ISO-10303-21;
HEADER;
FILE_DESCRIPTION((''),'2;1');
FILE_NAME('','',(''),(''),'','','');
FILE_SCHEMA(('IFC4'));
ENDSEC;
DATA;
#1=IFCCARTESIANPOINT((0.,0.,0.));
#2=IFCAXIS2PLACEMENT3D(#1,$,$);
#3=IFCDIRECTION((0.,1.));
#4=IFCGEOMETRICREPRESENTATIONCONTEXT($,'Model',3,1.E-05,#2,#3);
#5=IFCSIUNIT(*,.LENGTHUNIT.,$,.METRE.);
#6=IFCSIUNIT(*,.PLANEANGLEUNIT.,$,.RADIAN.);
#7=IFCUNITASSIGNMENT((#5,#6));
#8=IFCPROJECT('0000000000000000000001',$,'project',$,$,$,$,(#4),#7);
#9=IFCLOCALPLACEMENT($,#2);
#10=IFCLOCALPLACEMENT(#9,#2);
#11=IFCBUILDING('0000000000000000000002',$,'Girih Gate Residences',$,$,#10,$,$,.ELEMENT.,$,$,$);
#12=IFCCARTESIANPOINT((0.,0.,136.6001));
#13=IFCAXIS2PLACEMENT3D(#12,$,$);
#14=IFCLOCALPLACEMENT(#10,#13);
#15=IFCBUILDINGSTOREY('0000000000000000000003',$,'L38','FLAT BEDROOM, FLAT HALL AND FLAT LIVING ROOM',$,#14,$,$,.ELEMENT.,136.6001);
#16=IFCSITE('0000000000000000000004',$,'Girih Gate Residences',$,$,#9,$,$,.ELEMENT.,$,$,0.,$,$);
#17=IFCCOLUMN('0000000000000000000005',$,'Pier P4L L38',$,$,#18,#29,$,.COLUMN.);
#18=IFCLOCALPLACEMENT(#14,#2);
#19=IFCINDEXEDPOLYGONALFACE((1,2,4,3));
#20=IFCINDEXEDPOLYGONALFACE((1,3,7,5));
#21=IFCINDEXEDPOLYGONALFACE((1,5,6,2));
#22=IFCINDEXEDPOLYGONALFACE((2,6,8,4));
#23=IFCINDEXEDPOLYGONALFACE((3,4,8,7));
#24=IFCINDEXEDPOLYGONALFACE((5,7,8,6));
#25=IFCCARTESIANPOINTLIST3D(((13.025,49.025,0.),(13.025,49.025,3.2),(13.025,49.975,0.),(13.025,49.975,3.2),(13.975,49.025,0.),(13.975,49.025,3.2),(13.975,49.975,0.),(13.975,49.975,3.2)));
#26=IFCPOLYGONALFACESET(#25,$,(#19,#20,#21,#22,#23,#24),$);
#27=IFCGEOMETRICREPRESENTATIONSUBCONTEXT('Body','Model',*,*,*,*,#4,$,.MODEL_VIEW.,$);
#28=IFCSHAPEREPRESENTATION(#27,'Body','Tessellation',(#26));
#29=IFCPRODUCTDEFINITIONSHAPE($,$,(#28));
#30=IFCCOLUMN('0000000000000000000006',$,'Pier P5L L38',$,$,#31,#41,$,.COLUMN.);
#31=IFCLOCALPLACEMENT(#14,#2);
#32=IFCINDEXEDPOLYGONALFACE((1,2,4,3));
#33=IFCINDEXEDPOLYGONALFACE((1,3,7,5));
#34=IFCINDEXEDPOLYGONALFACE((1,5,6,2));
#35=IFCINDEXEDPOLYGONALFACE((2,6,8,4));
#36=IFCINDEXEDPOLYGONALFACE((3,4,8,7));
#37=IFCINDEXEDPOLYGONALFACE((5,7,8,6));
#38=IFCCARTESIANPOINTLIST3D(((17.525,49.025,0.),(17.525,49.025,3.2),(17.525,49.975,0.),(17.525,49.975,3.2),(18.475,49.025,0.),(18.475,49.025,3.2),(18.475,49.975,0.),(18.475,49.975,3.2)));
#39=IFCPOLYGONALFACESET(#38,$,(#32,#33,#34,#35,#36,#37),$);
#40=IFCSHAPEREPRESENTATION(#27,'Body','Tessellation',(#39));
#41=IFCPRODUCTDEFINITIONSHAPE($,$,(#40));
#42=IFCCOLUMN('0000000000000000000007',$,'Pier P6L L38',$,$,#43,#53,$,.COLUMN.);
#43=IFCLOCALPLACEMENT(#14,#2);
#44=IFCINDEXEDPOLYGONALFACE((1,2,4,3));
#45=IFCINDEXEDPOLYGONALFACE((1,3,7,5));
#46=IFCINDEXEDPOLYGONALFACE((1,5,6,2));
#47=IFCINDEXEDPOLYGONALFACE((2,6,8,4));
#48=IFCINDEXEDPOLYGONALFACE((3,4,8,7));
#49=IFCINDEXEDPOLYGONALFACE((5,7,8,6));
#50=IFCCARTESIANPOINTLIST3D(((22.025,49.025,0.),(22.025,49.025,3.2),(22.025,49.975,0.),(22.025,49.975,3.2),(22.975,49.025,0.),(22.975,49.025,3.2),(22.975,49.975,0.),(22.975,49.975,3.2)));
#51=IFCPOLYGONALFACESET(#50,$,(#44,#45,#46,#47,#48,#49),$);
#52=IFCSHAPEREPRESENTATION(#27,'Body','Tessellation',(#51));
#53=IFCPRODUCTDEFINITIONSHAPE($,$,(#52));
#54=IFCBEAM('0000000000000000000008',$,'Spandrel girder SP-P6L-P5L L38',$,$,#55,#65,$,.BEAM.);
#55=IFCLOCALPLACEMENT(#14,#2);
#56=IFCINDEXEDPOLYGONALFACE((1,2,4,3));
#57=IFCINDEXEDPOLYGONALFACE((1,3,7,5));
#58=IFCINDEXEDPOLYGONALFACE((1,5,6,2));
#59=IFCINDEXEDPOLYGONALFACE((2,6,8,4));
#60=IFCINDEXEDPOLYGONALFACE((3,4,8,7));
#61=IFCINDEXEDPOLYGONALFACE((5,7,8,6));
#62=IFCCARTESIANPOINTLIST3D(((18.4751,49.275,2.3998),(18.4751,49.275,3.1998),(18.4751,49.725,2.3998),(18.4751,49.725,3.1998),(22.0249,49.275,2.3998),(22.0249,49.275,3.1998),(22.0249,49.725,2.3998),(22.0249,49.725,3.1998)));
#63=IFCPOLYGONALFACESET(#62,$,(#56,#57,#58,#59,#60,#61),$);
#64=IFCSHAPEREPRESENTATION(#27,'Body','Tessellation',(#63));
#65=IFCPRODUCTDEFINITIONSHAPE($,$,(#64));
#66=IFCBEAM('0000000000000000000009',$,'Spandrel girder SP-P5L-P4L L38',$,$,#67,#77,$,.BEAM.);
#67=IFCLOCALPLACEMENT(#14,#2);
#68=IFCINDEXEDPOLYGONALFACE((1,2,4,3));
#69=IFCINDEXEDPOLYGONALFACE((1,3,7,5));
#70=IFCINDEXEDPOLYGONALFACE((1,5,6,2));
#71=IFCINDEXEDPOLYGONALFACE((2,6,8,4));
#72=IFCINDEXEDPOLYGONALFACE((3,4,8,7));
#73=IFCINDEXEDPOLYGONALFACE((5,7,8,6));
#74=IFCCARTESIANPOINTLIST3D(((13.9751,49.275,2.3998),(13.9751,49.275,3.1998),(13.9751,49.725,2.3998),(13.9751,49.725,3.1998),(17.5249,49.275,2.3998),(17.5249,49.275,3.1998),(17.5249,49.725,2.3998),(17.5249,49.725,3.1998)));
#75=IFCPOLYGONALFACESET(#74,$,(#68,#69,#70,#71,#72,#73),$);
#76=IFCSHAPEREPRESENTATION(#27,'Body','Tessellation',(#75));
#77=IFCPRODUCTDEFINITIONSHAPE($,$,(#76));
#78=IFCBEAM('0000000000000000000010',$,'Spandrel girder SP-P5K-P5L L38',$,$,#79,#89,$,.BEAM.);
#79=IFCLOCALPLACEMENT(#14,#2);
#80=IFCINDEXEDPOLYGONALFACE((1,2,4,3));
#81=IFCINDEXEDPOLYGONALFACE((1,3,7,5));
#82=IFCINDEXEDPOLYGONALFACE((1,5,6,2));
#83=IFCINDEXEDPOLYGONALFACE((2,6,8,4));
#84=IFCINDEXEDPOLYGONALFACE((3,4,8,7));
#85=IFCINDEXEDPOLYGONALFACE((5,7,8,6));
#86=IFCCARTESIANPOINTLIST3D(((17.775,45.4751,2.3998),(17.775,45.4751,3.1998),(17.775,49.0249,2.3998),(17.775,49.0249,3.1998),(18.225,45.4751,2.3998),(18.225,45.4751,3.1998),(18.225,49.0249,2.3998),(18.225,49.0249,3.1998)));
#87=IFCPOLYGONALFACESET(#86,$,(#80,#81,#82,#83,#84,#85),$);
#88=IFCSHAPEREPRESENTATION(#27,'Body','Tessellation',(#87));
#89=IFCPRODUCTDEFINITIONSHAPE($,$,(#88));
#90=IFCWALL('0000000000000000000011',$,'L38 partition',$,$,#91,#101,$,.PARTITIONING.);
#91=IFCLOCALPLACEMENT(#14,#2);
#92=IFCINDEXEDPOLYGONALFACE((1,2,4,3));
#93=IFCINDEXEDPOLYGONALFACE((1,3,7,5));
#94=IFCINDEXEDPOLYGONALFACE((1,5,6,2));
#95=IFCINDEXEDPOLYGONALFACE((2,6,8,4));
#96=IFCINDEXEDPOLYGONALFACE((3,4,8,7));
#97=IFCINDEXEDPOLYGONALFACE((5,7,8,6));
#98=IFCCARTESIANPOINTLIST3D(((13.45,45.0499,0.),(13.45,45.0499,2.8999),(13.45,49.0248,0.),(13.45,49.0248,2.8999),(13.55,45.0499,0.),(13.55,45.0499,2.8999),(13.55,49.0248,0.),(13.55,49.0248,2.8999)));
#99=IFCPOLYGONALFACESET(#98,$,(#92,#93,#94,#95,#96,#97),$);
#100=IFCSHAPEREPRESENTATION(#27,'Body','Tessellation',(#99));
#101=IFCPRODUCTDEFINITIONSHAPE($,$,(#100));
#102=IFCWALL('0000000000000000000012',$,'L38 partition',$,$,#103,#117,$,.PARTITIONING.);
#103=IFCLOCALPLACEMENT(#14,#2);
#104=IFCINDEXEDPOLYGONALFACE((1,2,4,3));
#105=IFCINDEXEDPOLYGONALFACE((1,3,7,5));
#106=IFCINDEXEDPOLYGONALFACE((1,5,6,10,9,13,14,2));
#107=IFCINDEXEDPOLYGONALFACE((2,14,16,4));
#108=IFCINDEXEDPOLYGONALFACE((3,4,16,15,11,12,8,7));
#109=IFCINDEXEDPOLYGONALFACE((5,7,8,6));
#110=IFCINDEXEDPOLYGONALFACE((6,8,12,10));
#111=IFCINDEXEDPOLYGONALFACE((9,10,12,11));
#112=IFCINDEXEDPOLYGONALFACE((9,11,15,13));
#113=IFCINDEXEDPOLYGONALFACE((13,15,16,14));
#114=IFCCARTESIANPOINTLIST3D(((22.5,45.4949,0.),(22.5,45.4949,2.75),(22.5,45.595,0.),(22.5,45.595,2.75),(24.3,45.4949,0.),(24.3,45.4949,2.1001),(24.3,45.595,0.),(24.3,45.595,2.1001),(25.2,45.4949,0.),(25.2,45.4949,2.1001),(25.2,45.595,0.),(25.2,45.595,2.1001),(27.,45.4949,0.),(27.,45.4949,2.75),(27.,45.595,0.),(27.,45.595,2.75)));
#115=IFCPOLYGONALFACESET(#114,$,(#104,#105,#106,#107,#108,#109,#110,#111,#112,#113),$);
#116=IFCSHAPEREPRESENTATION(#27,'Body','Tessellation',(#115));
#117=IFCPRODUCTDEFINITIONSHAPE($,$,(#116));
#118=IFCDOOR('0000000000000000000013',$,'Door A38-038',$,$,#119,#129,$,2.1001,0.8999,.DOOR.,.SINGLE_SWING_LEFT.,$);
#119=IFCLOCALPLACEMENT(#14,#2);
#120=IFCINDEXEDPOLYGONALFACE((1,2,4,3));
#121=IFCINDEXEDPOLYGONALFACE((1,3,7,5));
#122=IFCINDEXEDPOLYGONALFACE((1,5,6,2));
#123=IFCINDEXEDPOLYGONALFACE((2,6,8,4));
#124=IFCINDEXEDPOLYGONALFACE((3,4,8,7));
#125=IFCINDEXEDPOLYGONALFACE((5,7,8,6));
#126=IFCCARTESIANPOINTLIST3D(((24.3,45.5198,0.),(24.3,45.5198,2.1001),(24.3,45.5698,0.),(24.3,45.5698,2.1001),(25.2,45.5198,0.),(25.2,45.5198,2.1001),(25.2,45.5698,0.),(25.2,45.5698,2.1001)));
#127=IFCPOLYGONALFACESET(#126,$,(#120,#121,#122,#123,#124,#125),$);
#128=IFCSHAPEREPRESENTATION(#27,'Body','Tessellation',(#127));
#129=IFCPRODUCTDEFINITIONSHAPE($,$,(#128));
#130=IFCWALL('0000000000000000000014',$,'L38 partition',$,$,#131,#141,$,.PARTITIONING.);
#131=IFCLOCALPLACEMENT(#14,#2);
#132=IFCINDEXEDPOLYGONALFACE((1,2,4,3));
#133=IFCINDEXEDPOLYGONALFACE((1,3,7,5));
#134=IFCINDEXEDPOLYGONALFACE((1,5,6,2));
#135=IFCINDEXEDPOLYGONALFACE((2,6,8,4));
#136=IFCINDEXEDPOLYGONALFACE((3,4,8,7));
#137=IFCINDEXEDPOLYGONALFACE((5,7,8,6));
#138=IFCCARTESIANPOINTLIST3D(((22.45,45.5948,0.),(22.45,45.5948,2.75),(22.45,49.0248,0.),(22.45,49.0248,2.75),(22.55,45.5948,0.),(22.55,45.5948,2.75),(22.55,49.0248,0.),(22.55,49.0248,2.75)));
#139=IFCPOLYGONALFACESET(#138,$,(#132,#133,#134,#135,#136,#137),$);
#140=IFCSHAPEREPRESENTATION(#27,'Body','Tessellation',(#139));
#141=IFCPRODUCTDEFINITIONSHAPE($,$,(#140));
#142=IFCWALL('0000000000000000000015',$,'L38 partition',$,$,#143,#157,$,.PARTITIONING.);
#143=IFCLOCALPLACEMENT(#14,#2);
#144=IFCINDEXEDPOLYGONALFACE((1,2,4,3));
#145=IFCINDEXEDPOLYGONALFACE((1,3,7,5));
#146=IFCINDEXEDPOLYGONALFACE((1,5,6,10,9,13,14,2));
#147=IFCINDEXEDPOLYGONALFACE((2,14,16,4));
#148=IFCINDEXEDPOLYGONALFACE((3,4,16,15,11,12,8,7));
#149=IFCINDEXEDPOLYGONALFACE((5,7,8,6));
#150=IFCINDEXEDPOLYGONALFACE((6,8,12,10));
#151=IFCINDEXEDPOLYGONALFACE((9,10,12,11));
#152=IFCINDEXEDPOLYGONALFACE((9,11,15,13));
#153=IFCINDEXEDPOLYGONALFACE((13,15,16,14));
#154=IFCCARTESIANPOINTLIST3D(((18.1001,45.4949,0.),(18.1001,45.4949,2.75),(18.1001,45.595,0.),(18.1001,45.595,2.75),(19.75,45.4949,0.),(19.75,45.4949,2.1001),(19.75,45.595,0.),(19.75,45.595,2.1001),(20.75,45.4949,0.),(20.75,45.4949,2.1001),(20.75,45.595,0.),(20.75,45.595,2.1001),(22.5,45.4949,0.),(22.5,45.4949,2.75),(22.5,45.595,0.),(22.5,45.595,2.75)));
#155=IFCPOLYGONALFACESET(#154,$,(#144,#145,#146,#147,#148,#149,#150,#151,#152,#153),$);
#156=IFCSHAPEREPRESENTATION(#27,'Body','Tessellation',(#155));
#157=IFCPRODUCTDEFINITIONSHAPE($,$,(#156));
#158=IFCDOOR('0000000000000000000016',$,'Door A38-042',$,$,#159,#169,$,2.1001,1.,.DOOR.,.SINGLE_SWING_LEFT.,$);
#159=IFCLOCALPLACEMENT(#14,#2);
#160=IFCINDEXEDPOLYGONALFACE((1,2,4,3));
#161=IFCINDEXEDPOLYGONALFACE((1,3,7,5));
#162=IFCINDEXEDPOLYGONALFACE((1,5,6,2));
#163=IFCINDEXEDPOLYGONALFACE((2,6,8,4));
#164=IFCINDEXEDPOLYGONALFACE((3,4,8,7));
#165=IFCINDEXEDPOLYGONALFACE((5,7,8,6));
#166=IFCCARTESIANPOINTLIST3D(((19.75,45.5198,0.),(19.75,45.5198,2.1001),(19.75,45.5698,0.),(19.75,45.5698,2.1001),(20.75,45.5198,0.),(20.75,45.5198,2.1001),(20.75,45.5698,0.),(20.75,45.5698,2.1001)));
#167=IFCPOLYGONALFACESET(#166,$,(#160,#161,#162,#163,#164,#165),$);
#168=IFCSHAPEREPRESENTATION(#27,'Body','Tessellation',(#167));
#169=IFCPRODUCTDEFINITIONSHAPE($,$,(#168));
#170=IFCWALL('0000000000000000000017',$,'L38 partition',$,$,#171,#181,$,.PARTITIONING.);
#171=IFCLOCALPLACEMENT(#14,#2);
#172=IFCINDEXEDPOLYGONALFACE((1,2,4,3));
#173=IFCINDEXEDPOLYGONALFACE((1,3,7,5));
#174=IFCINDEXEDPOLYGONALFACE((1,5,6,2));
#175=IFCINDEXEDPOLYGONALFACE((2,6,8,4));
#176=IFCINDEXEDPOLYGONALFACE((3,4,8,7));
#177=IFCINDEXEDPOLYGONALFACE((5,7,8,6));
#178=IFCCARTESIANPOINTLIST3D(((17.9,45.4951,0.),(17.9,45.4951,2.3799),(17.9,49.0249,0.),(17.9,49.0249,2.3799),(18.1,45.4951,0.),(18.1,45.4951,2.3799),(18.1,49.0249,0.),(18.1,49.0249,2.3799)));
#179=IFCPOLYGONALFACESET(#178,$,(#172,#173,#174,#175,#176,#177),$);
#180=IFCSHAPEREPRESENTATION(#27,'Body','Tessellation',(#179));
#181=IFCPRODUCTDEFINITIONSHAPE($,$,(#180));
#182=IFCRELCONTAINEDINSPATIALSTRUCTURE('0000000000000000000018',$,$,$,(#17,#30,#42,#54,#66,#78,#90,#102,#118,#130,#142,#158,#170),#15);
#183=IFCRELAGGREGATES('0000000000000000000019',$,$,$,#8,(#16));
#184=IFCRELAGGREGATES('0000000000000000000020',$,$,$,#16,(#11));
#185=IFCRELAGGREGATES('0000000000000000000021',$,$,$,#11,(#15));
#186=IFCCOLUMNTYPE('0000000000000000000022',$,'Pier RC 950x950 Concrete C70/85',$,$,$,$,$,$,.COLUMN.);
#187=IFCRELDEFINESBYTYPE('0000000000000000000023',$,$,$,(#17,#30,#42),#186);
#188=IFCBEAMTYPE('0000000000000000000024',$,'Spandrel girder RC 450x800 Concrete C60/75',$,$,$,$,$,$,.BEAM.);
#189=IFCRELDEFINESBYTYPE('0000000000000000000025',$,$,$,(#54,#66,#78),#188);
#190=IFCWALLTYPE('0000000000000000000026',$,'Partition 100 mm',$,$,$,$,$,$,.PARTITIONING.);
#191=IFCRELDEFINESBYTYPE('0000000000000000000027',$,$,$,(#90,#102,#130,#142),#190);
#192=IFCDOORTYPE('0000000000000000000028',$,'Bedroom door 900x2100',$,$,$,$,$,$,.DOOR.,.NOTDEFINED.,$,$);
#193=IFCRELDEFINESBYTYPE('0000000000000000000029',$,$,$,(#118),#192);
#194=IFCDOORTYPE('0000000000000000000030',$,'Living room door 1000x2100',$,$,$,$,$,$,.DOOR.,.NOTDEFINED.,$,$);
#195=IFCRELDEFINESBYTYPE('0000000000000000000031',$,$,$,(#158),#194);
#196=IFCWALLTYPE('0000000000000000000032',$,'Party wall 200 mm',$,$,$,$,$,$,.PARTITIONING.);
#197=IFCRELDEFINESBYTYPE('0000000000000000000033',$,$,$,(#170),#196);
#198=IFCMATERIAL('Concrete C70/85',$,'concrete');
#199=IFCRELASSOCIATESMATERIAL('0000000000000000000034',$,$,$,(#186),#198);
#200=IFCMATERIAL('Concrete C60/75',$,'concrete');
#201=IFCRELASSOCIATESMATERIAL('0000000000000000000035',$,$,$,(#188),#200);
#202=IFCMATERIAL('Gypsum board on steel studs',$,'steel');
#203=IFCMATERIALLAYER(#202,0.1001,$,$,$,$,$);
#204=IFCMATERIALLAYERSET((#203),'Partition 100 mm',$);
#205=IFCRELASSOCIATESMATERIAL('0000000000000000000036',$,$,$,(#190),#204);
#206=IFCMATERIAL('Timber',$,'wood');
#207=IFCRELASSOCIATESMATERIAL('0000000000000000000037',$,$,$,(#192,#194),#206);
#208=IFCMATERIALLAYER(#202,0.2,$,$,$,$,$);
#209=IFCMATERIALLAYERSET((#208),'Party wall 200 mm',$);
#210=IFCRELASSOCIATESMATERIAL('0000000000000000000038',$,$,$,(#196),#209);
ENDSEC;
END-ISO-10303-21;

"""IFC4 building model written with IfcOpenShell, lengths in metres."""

from ifc_helpers import new_model, si_unit, direction, frame, frame_2d, origin, origin_2d, place, context, subcontext, project, spatial, rectangle, extrude, material, layer, layer_set, material_profile, profile_set, type_object, element, fill, save


model = new_model("IFC4")

# Units and contexts
model_context = context("Model", 3, precision=1e-05, world=origin(), true_north=direction((0.0, 1.0)))
body_context = subcontext(model_context, "Body", "Model", "MODEL_VIEW")
ifc_project = project(units=[si_unit("LENGTHUNIT", "METRE"), si_unit("PLANEANGLEUNIT", "RADIAN")], contexts=[model_context])

# Site, building, storey
site_placement = place(None, origin())
site = spatial("IfcSite", under=ifc_project, at=site_placement, Name="Girih Gate Residences", CompositionType="ELEMENT", RefElevation=0.0)
building_placement = place(site_placement, origin())
building = spatial("IfcBuilding", under=site, at=building_placement, Name="Girih Gate Residences", CompositionType="ELEMENT")
storey_placement = place(building_placement, frame((0.0, 0.0, 136.6001)))
storey = spatial("IfcBuildingStorey", under=building, at=storey_placement, Name="L38", Description="FLAT BEDROOM, FLAT HALL AND FLAT LIVING ROOM", CompositionType="ELEMENT", Elevation=136.6001)

# Columns
ifc_material_1 = material(Name="Concrete C70/85", Category="concrete")
ifc_material_profile_1 = material_profile(ifc_material_1, rectangle(XDim=0.95, YDim=0.95, at=origin_2d()))
ifc_profile_set_1 = profile_set([ifc_material_profile_1], Name="Concrete C70/85")
column_type = type_object("IfcColumnType", Name="Pier RC 950x950 Concrete C70/85", PredefinedType="COLUMN", material=ifc_profile_set_1)
for number, where, z_axis, x_axis, name in (
    (1, (13.5, 49.5, 0.0), (0.0, 0.0, 1.0), (1.0, 0.0, 0.0), "Pier P4L L38"),
    (2, (18.0, 49.5, 0.0), (0.0, 0.0, 1.0), (1.0, 0.0, 0.0), "Pier P5L L38"),
    (3, (22.5, 49.5, 0.0), (0.0, 0.0, 1.0), (1.0, 0.0, 0.0), "Pier P6L L38"),
):
    element("IfcColumn", number, at=place(storey_placement, frame(where, z_axis=z_axis, x_axis=x_axis)), inside=storey, type_object=column_type, Name=name, PredefinedType="COLUMN", context=body_context, shape_type="SweptSolid", body=[
        extrude(rectangle(XDim=0.95, YDim=0.95, at=origin_2d()), origin(), (0.0, 0.0, 1.0), 3.2),
    ])

# Beams
ifc_material_2 = material(Name="Concrete C60/75", Category="concrete")
ifc_material_profile_2 = material_profile(ifc_material_2, rectangle(XDim=0.45, YDim=0.8, at=origin_2d()))
ifc_profile_set_2 = profile_set([ifc_material_profile_2], Name="Concrete C60/75")
beam_type = type_object("IfcBeamType", Name="Spandrel girder RC 450x800 Concrete C60/75", PredefinedType="BEAM", material=ifc_profile_set_2)
for number, where, z_axis, x_axis, name in (
    (4, (22.0249, 49.5, 2.7998), (-1.0, 0.0, 0.0), (0.0, -1.0, 0.0), "Spandrel girder SP-P6L-P5L L38"),
    (5, (17.5249, 49.5, 2.7998), (-1.0, 0.0, 0.0), (0.0, -1.0, 0.0), "Spandrel girder SP-P5L-P4L L38"),
    (6, (18.0, 45.4751, 2.7998), (0.0, 1.0, 0.0), (-1.0, 0.0, 0.0), "Spandrel girder SP-P5K-P5L L38"),
):
    element("IfcBeam", number, at=place(storey_placement, frame(where, z_axis=z_axis, x_axis=x_axis)), inside=storey, type_object=beam_type, Name=name, PredefinedType="BEAM", context=body_context, shape_type="SweptSolid", body=[
        extrude(rectangle(XDim=0.45, YDim=0.8, at=origin_2d()), origin(), (0.0, 0.0, 1.0), 3.5498),
    ])

# Wall
ifc_material_3 = material(Name="Gypsum board on steel studs", Category="steel")
ifc_layer_1 = layer(ifc_material_3, 0.1001)
ifc_layer_set_1 = layer_set([ifc_layer_1], Name="Partition 100 mm")
wall_type_1 = type_object("IfcWallType", Name="Partition 100 mm", PredefinedType="PARTITIONING", material=ifc_layer_set_1)
wall_1_placement = place(storey_placement, frame((13.5, 45.05, 0.0), z_axis=(0.0, 0.0, 1.0), x_axis=(0.0, 1.0, 0.0)))
element("IfcWall", 7, at=wall_1_placement, inside=storey, type_object=wall_type_1, Name="L38 partition", PredefinedType="PARTITIONING", context=body_context, shape_type="SweptSolid", body=[
    extrude(rectangle(XDim=3.9749, YDim=0.1001, at=frame_2d((1.9873, 0.0))), origin(), (0.0, 0.0, 1.0), 2.8999),
])

# Wall, opening, door
wall_2_placement = place(storey_placement, frame((22.5, 45.5449, 0.0), z_axis=(0.0, 0.0, 1.0), x_axis=(1.0, 0.0, 0.0)))
wall_2 = element("IfcWall", 8, at=wall_2_placement, inside=storey, type_object=wall_type_1, Name="L38 partition", PredefinedType="PARTITIONING", context=body_context, shape_type="SweptSolid", body=[
    extrude(rectangle(XDim=4.5, YDim=0.1001, at=frame_2d((2.25, 0.0))), origin(), (0.0, 0.0, 1.0), 2.75),
])
opening_1_placement = place(wall_2_placement, frame((1.8, 0.0, 0.0)))
opening_1 = element("IfcOpeningElement", 9, at=opening_1_placement, cuts=wall_2, PredefinedType="OPENING", context=body_context, shape_type="SweptSolid", body=[
    extrude(rectangle(XDim=0.8999, YDim=2.1001, at=frame_2d((0.45, 1.05))), frame((0.0, 0.0601, 0.0), z_axis=(0.0, -1.0, 0.0), x_axis=(1.0, 0.0, 0.0)), (0.0, 0.0, 1.0), 0.1201),
])
ifc_material_4 = material(Name="Timber", Category="wood")
door_type_1 = type_object("IfcDoorType", Name="Bedroom door 900x2100", OperationType="NOTDEFINED", PredefinedType="DOOR", material=ifc_material_4)
door_1_placement = place(opening_1_placement, origin())
door_1 = element("IfcDoor", 10, at=door_1_placement, inside=storey, type_object=door_type_1, Name="Door A38-038", OperationType="SINGLE_SWING_LEFT", OverallHeight=2.1001, OverallWidth=0.8999, PredefinedType="DOOR", context=body_context, shape_type="SweptSolid", body=[
    extrude(rectangle(XDim=0.8999, YDim=2.1001, at=frame_2d((0.45, 1.05))), frame((0.0, 0.0249, 0.0), z_axis=(0.0, -1.0, 0.0), x_axis=(1.0, 0.0, 0.0)), (0.0, 0.0, 1.0), 0.05),
])
fill(opening_1, door_1)

# Wall
wall_3_placement = place(storey_placement, frame((22.5, 45.595, 0.0), z_axis=(0.0, 0.0, 1.0), x_axis=(0.0, 1.0, 0.0)))
element("IfcWall", 11, at=wall_3_placement, inside=storey, type_object=wall_type_1, Name="L38 partition", PredefinedType="PARTITIONING", context=body_context, shape_type="SweptSolid", body=[
    extrude(rectangle(XDim=3.4299, YDim=0.1001, at=frame_2d((1.7148, 0.0))), origin(), (0.0, 0.0, 1.0), 2.75),
])

# Wall, opening, door
wall_4_placement = place(storey_placement, frame((18.1001, 45.5449, 0.0), z_axis=(0.0, 0.0, 1.0), x_axis=(1.0, 0.0, 0.0)))
wall_4 = element("IfcWall", 12, at=wall_4_placement, inside=storey, type_object=wall_type_1, Name="L38 partition", PredefinedType="PARTITIONING", context=body_context, shape_type="SweptSolid", body=[
    extrude(rectangle(XDim=4.3999, YDim=0.1001, at=frame_2d((2.2, 0.0))), origin(), (0.0, 0.0, 1.0), 2.75),
])
opening_2_placement = place(wall_4_placement, frame((1.6499, 0.0, 0.0)))
opening_2 = element("IfcOpeningElement", 13, at=opening_2_placement, cuts=wall_4, PredefinedType="OPENING", context=body_context, shape_type="SweptSolid", body=[
    extrude(rectangle(XDim=1.0, YDim=2.1001, at=frame_2d((0.5, 1.05))), frame((0.0, 0.0601, 0.0), z_axis=(0.0, -1.0, 0.0), x_axis=(1.0, 0.0, 0.0)), (0.0, 0.0, 1.0), 0.1201),
])
door_type_2 = type_object("IfcDoorType", Name="Living room door 1000x2100", OperationType="NOTDEFINED", PredefinedType="DOOR", material=ifc_material_4)
door_2_placement = place(opening_2_placement, origin())
door_2 = element("IfcDoor", 14, at=door_2_placement, inside=storey, type_object=door_type_2, Name="Door A38-042", OperationType="SINGLE_SWING_LEFT", OverallHeight=2.1001, OverallWidth=1.0, PredefinedType="DOOR", context=body_context, shape_type="SweptSolid", body=[
    extrude(rectangle(XDim=1.0, YDim=2.1001, at=frame_2d((0.5, 1.05))), frame((0.0, 0.0249, 0.0), z_axis=(0.0, -1.0, 0.0), x_axis=(1.0, 0.0, 0.0)), (0.0, 0.0, 1.0), 0.05),
])
fill(opening_2, door_2)

# Wall
ifc_layer_2 = layer(ifc_material_3, 0.2)
ifc_layer_set_2 = layer_set([ifc_layer_2], Name="Party wall 200 mm")
wall_type_2 = type_object("IfcWallType", Name="Party wall 200 mm", PredefinedType="PARTITIONING", material=ifc_layer_set_2)
wall_5_placement = place(storey_placement, frame((18.0, 45.4951, 0.0), z_axis=(0.0, 0.0, 1.0), x_axis=(0.0, 1.0, 0.0)))
element("IfcWall", 15, at=wall_5_placement, inside=storey, type_object=wall_type_2, Name="L38 partition", PredefinedType="PARTITIONING", context=body_context, shape_type="SweptSolid", body=[
    extrude(rectangle(XDim=3.5298, YDim=0.2, at=frame_2d((1.7649, 0.0))), origin(), (0.0, 0.0, 1.0), 2.3799),
])

save(model, "model.ifc")
